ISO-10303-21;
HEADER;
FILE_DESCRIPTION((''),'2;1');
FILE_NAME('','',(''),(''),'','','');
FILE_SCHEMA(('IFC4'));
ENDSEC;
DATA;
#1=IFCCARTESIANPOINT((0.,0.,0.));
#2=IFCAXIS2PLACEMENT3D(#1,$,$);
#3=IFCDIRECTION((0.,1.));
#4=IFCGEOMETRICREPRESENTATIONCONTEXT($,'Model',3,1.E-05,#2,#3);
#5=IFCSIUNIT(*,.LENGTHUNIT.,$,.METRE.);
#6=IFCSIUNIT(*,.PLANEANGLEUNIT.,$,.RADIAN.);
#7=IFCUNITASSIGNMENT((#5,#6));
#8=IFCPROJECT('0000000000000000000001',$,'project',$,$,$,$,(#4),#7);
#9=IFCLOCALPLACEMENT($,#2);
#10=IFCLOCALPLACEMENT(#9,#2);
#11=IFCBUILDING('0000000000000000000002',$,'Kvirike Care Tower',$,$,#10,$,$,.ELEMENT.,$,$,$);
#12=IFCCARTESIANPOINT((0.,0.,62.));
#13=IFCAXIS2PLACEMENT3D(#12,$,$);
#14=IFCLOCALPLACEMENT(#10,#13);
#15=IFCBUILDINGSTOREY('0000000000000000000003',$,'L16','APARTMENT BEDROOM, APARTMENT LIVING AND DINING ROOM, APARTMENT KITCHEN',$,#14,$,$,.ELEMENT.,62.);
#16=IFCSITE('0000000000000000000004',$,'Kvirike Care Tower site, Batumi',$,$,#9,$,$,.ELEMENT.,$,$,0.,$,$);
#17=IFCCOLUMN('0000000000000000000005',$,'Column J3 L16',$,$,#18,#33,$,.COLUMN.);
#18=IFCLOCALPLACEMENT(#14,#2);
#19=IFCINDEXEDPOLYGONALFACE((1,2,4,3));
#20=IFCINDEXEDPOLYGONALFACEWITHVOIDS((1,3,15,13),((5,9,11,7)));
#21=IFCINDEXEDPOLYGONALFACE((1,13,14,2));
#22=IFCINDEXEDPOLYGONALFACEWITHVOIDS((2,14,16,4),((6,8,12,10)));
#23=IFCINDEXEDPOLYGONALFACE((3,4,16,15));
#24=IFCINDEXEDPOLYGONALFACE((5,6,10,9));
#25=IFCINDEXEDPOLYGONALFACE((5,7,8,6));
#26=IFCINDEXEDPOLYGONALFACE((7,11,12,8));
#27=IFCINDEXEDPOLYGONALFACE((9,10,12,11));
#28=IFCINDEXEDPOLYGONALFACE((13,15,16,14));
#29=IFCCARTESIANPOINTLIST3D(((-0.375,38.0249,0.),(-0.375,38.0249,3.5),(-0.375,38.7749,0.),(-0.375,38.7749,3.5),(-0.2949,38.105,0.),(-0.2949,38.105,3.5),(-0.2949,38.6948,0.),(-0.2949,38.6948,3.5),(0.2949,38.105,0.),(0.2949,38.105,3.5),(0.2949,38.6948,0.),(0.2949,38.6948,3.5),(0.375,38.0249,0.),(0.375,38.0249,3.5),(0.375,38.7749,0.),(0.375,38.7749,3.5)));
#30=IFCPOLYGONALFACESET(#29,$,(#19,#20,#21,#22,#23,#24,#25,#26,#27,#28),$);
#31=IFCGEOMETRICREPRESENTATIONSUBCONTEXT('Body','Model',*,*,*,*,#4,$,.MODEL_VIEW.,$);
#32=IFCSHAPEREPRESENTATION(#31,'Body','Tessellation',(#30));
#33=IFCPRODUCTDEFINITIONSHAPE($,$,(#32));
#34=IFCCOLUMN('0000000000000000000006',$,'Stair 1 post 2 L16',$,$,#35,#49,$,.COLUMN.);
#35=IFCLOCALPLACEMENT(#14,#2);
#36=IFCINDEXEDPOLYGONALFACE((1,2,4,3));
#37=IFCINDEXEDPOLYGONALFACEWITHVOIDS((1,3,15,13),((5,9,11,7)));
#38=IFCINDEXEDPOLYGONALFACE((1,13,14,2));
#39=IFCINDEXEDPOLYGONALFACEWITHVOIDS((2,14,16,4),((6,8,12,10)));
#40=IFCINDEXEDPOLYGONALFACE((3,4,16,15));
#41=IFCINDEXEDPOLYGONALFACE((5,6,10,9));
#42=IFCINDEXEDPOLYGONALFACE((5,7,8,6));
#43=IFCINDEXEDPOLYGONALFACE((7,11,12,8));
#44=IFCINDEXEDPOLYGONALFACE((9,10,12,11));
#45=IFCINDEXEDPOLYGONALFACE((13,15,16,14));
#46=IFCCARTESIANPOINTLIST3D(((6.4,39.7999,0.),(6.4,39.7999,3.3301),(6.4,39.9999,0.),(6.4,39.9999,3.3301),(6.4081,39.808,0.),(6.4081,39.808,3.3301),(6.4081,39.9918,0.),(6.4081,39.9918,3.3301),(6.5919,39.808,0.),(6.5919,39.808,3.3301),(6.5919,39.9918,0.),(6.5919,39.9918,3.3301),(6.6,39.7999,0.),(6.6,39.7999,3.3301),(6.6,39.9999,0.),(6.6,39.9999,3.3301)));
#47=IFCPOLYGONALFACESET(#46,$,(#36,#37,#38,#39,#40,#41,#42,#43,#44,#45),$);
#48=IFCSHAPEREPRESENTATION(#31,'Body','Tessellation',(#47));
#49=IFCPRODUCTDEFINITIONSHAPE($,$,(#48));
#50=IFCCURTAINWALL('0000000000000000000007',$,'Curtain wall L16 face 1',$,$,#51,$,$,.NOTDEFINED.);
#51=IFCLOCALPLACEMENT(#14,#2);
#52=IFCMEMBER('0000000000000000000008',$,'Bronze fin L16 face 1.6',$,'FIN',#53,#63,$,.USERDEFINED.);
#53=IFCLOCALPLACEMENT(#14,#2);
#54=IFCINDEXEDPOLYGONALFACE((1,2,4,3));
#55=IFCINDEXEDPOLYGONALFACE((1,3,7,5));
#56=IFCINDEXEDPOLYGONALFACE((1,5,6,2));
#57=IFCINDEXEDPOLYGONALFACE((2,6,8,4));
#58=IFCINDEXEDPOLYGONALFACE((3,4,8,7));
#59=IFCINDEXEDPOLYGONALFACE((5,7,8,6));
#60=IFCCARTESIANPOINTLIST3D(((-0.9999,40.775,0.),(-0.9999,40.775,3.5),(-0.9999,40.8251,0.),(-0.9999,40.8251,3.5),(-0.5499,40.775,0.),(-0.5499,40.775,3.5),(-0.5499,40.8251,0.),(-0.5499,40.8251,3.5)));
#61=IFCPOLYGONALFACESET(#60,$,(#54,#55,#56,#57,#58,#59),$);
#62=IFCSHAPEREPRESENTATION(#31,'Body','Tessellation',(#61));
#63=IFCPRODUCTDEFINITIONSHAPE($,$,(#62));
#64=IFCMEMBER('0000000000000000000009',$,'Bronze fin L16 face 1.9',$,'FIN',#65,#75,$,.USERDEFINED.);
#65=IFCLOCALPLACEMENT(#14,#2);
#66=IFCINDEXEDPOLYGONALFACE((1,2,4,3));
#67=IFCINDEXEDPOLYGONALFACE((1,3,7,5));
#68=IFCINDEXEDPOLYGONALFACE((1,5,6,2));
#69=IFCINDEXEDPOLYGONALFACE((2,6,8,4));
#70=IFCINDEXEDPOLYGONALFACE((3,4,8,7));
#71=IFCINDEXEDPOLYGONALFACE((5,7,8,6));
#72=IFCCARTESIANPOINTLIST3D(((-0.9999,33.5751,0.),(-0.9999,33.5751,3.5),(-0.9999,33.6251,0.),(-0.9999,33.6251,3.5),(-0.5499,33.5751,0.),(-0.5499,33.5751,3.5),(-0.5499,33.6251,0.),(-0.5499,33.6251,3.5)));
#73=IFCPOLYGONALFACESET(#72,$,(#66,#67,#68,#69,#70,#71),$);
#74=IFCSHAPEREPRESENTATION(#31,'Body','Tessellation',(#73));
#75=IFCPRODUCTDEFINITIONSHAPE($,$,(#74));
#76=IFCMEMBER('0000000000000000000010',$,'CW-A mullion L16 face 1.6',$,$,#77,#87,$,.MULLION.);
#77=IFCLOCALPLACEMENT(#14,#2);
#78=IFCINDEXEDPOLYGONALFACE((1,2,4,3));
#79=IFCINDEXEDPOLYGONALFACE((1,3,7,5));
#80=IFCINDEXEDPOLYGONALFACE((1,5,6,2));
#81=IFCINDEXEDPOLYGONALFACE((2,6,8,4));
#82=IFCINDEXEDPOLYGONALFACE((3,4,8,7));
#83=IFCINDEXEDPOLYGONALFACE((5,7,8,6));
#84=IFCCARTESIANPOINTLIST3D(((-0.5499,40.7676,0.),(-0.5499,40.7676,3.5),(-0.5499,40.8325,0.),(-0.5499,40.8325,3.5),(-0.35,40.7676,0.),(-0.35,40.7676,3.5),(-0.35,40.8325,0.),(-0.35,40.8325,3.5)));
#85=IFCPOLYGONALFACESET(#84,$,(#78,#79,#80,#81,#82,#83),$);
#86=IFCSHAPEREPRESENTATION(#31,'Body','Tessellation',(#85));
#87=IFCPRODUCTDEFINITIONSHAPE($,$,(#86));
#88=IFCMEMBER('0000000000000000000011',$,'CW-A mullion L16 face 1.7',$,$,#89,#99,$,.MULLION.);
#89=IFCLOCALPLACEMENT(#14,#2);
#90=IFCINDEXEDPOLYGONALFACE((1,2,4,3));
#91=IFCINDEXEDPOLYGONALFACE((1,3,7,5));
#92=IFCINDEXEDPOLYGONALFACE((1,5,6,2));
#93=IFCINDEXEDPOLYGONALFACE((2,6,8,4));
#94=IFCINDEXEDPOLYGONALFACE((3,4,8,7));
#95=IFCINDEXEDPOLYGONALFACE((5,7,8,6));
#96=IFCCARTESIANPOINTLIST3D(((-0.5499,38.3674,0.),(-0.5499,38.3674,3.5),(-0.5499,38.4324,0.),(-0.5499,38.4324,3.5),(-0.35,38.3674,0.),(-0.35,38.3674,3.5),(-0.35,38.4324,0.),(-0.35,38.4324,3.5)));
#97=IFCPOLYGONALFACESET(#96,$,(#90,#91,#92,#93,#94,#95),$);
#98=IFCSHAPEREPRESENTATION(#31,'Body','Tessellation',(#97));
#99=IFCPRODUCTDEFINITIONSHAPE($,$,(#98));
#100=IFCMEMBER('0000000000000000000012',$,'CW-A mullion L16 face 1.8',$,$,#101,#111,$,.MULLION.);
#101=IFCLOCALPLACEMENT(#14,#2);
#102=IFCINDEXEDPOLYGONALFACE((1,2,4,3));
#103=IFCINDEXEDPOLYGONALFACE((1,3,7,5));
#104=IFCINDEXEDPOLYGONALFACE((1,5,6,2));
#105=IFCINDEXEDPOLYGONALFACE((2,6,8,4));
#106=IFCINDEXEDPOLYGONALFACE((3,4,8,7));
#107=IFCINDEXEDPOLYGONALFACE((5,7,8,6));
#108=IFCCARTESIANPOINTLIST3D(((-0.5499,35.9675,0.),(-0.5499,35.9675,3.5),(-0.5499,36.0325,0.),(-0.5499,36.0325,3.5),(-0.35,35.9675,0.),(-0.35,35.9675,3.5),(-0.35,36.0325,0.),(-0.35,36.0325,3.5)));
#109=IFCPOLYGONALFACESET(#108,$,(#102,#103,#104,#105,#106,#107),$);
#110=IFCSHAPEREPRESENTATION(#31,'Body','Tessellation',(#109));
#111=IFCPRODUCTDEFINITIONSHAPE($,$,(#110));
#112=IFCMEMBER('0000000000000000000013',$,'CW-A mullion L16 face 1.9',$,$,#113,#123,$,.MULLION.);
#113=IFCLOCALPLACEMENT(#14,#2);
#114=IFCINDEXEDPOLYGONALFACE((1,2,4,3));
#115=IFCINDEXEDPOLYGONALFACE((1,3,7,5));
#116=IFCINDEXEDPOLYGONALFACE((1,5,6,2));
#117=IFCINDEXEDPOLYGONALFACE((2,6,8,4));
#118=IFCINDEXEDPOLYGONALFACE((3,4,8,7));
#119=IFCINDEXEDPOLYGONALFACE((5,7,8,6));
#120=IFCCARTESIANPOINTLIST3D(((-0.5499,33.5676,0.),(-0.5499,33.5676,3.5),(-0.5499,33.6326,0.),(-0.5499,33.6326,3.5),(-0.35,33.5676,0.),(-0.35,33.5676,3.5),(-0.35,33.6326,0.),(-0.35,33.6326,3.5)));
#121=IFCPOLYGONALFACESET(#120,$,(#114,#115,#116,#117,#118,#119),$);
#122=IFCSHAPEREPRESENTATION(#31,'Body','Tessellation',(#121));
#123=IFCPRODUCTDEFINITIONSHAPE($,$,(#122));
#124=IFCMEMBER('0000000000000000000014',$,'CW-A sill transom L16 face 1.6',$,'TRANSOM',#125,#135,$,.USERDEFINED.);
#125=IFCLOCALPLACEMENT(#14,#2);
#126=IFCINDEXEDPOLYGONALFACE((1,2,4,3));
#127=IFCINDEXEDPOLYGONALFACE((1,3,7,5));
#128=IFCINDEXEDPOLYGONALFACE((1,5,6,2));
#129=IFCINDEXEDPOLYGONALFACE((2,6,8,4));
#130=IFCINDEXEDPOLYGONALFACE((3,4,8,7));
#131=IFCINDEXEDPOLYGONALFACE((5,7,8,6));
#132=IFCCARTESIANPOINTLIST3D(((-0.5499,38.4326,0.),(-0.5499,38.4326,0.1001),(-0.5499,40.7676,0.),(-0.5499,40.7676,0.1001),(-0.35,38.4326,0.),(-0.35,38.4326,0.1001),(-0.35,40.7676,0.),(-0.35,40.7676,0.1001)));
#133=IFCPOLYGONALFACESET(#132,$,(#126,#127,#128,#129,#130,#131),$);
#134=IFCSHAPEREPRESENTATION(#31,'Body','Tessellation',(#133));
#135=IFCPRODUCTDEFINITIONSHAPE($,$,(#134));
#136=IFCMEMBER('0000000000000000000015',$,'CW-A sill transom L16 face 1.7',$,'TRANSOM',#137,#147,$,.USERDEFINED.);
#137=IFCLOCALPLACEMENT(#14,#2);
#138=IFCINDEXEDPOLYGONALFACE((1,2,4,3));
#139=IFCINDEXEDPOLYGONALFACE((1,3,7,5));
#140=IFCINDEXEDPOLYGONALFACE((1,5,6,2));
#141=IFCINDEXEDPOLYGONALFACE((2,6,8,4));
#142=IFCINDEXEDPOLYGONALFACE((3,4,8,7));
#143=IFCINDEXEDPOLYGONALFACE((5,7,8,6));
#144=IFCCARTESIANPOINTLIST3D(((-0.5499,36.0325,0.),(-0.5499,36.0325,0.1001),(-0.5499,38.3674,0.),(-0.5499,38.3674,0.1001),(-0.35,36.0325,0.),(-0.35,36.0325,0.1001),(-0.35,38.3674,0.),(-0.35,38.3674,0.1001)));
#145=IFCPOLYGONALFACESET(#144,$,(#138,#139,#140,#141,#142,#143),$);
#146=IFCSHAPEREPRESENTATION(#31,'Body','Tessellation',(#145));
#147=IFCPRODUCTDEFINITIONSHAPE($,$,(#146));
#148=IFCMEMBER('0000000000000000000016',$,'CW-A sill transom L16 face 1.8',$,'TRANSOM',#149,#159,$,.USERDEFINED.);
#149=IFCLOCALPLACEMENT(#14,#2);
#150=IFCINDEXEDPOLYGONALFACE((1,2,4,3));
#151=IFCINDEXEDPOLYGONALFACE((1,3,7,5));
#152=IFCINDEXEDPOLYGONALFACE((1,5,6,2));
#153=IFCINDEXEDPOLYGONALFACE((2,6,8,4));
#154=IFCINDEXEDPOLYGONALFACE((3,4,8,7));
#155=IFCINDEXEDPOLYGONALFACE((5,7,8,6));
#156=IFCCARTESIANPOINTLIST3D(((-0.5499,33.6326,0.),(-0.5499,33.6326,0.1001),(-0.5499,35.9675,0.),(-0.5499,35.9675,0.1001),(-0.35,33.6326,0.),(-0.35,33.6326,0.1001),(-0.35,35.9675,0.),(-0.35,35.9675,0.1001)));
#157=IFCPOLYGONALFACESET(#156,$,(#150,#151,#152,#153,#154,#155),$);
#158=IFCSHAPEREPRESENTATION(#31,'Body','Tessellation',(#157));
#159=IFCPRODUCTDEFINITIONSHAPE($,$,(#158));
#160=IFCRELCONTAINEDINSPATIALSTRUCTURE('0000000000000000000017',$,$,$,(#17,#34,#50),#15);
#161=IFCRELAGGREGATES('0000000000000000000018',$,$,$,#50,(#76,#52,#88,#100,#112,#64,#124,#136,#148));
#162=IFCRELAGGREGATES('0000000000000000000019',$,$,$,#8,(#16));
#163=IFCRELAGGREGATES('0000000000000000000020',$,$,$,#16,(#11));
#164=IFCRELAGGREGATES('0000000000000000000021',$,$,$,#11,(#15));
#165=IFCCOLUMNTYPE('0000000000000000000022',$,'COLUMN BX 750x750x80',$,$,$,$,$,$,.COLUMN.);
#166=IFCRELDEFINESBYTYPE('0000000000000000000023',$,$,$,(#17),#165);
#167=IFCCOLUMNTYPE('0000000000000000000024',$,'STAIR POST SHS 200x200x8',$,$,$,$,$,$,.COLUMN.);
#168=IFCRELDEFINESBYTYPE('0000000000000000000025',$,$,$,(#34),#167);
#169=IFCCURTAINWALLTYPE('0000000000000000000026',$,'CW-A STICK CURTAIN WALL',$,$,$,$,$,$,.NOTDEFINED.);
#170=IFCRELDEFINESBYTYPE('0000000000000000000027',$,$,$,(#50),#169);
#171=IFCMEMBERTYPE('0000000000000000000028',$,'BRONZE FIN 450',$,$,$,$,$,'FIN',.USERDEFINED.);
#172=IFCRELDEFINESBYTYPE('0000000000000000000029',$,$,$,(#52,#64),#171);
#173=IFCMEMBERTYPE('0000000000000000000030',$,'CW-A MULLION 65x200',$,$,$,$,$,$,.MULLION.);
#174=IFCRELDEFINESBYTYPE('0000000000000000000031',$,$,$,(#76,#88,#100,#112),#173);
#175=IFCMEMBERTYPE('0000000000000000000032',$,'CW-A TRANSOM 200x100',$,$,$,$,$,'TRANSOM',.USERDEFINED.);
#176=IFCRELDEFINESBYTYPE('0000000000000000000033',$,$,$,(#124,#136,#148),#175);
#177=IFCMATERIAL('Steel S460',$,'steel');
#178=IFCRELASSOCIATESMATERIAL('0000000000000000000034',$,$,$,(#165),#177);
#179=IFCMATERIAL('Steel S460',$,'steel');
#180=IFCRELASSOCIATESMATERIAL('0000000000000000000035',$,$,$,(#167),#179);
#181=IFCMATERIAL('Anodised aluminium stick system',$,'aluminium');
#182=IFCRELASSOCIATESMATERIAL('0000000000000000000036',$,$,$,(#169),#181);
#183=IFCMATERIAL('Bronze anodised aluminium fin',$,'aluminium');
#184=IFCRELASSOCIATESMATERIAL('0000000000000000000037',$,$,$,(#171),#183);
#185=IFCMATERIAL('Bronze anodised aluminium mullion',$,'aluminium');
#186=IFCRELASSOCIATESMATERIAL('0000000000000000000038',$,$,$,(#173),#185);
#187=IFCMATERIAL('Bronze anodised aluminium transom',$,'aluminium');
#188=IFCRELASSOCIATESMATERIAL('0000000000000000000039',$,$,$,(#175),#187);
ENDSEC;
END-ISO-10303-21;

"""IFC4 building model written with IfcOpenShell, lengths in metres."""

from ifc_helpers import new_model, si_unit, direction, frame, origin, origin_2d, place, context, subcontext, project, spatial, rectangle, hollow_rectangle, extrude, material, material_profile, profile_set, type_object, element, aggregate, save


model = new_model("IFC4")

# Units and contexts
model_context = context("Model", 3, precision=1e-05, world=origin(), true_north=direction((0.0, 1.0)))
body_context = subcontext(model_context, "Body", "Model", "MODEL_VIEW")
ifc_project = project(units=[si_unit("LENGTHUNIT", "METRE"), si_unit("PLANEANGLEUNIT", "RADIAN")], contexts=[model_context])

# Site, building, storey
site_placement = place(None, origin())
site = spatial("IfcSite", under=ifc_project, at=site_placement, Name="Kvirike Care Tower site, Batumi", CompositionType="ELEMENT", RefElevation=0.0)
building_placement = place(site_placement, origin())
building = spatial("IfcBuilding", under=site, at=building_placement, Name="Kvirike Care Tower", CompositionType="ELEMENT")
storey_placement = place(building_placement, frame((0.0, 0.0, 62.0)))
storey = spatial("IfcBuildingStorey", under=building, at=storey_placement, Name="L16", Description="APARTMENT BEDROOM, APARTMENT LIVING AND DINING ROOM, APARTMENT KITCHEN", CompositionType="ELEMENT", Elevation=62.0)

# Columns
ifc_material_1 = material(Name="Steel S460", Category="steel")
ifc_material_profile_1 = material_profile(ifc_material_1, hollow_rectangle(XDim=0.75, YDim=0.75, WallThickness=0.0801, at=origin_2d()), Name="BX 750x750x80")
ifc_profile_set_1 = profile_set([ifc_material_profile_1], Name="Steel S460")
column_type_1 = type_object("IfcColumnType", Name="COLUMN BX 750x750x80", PredefinedType="COLUMN", material=ifc_profile_set_1)
column_1_placement = place(storey_placement, frame((0.0, 38.3999, 0.0), z_axis=(0.0, 0.0, 1.0), x_axis=(1.0, 0.0, 0.0)))
element("IfcColumn", 1, at=column_1_placement, inside=storey, type_object=column_type_1, Name="Column J3 L16", PredefinedType="COLUMN", context=body_context, shape_type="SweptSolid", body=[
    extrude(hollow_rectangle(XDim=0.75, YDim=0.75, WallThickness=0.0801, at=origin_2d()), origin(), (0.0, 0.0, 1.0), 3.5),
])
ifc_material_2 = material(Name="Steel S460", Category="steel")
ifc_material_profile_2 = material_profile(ifc_material_2, hollow_rectangle(XDim=0.2, YDim=0.2, WallThickness=0.0081, at=origin_2d()), Name="SHS 200x200x8")
ifc_profile_set_2 = profile_set([ifc_material_profile_2], Name="Steel S460")
column_type_2 = type_object("IfcColumnType", Name="STAIR POST SHS 200x200x8", PredefinedType="COLUMN", material=ifc_profile_set_2)
column_2_placement = place(storey_placement, frame((6.5, 39.8999, 0.0), z_axis=(0.0, 0.0, 1.0), x_axis=(1.0, 0.0, 0.0)))
element("IfcColumn", 2, at=column_2_placement, inside=storey, type_object=column_type_2, Name="Stair 1 post 2 L16", PredefinedType="COLUMN", context=body_context, shape_type="SweptSolid", body=[
    extrude(hollow_rectangle(XDim=0.2, YDim=0.2, WallThickness=0.0081, at=origin_2d()), origin(), (0.0, 0.0, 1.0), 3.3301),
])

# Curtain wall, members
ifc_material_3 = material(Name="Anodised aluminium stick system", Category="aluminium")
curtain_wall_type = type_object("IfcCurtainWallType", Name="CW-A STICK CURTAIN WALL", PredefinedType="NOTDEFINED", material=ifc_material_3)
curtain_wall_placement = place(storey_placement, origin())
curtain_wall = element("IfcCurtainWall", 3, at=curtain_wall_placement, inside=storey, type_object=curtain_wall_type, Name="Curtain wall L16 face 1", PredefinedType="NOTDEFINED")
ifc_material_4 = material(Name="Bronze anodised aluminium fin", Category="aluminium")
ifc_material_profile_3 = material_profile(ifc_material_4, rectangle(XDim=0.05, YDim=0.45, at=origin_2d()), Name="BRONZE FIN 450")
ifc_profile_set_3 = profile_set([ifc_material_profile_3], Name="Bronze anodised aluminium fin")
member_type_1 = type_object("IfcMemberType", Name="BRONZE FIN 450", ElementType="FIN", PredefinedType="USERDEFINED", material=ifc_profile_set_3)
member_1_placement = place(storey_placement, frame((-0.7749, 40.8, 0.0), z_axis=(0.0, 0.0, 1.0), x_axis=(0.0, -1.0, 0.0)))
member_1 = element("IfcMember", 4, at=member_1_placement, type_object=member_type_1, Name="Bronze fin L16 face 1.6", ObjectType="FIN", PredefinedType="USERDEFINED", context=body_context, shape_type="SweptSolid", body=[
    extrude(rectangle(XDim=0.05, YDim=0.45, at=origin_2d()), origin(), (0.0, 0.0, 1.0), 3.5),
])
member_2_placement = place(storey_placement, frame((-0.7749, 33.6001, 0.0), z_axis=(0.0, 0.0, 1.0), x_axis=(0.0, -1.0, 0.0)))
member_2 = element("IfcMember", 5, at=member_2_placement, type_object=member_type_1, Name="Bronze fin L16 face 1.9", ObjectType="FIN", PredefinedType="USERDEFINED", context=body_context, shape_type="SweptSolid", body=[
    extrude(rectangle(XDim=0.05, YDim=0.45, at=origin_2d()), origin(), (0.0, 0.0, 1.0), 3.5),
])
ifc_material_5 = material(Name="Bronze anodised aluminium mullion", Category="aluminium")
ifc_material_profile_4 = material_profile(ifc_material_5, rectangle(XDim=0.0649, YDim=0.2, at=origin_2d()), Name="CW-A MULLION 65x200")
ifc_profile_set_4 = profile_set([ifc_material_profile_4], Name="Bronze anodised aluminium mullion")
member_type_2 = type_object("IfcMemberType", Name="CW-A MULLION 65x200", PredefinedType="MULLION", material=ifc_profile_set_4)
member_3_placement = place(storey_placement, frame((-0.45, 40.8, 0.0), z_axis=(0.0, 0.0, 1.0), x_axis=(0.0, -1.0, 0.0)))
member_3 = element("IfcMember", 6, at=member_3_placement, type_object=member_type_2, Name="CW-A mullion L16 face 1.6", PredefinedType="MULLION", context=body_context, shape_type="SweptSolid", body=[
    extrude(rectangle(XDim=0.0649, YDim=0.2, at=origin_2d()), origin(), (0.0, 0.0, 1.0), 3.5),
])
member_4_placement = place(storey_placement, frame((-0.45, 38.3999, 0.0), z_axis=(0.0, 0.0, 1.0), x_axis=(0.0, -1.0, 0.0)))
member_4 = element("IfcMember", 7, at=member_4_placement, type_object=member_type_2, Name="CW-A mullion L16 face 1.7", PredefinedType="MULLION", context=body_context, shape_type="SweptSolid", body=[
    extrude(rectangle(XDim=0.0649, YDim=0.2, at=origin_2d()), origin(), (0.0, 0.0, 1.0), 3.5),
])
member_5_placement = place(storey_placement, frame((-0.45, 36.0, 0.0), z_axis=(0.0, 0.0, 1.0), x_axis=(0.0, -1.0, 0.0)))
member_5 = element("IfcMember", 8, at=member_5_placement, type_object=member_type_2, Name="CW-A mullion L16 face 1.8", PredefinedType="MULLION", context=body_context, shape_type="SweptSolid", body=[
    extrude(rectangle(XDim=0.0649, YDim=0.2, at=origin_2d()), origin(), (0.0, 0.0, 1.0), 3.5),
])
member_6_placement = place(storey_placement, frame((-0.45, 33.6001, 0.0), z_axis=(0.0, 0.0, 1.0), x_axis=(0.0, -1.0, 0.0)))
member_6 = element("IfcMember", 9, at=member_6_placement, type_object=member_type_2, Name="CW-A mullion L16 face 1.9", PredefinedType="MULLION", context=body_context, shape_type="SweptSolid", body=[
    extrude(rectangle(XDim=0.0649, YDim=0.2, at=origin_2d()), origin(), (0.0, 0.0, 1.0), 3.5),
])
ifc_material_6 = material(Name="Bronze anodised aluminium transom", Category="aluminium")
ifc_material_profile_5 = material_profile(ifc_material_6, rectangle(XDim=0.2, YDim=0.1001, at=origin_2d()), Name="CW-A TRANSOM 200x100")
ifc_profile_set_5 = profile_set([ifc_material_profile_5], Name="Bronze anodised aluminium transom")
member_type_3 = type_object("IfcMemberType", Name="CW-A TRANSOM 200x100", ElementType="TRANSOM", PredefinedType="USERDEFINED", material=ifc_profile_set_5)
member_7_placement = place(storey_placement, frame((-0.45, 40.7676, 0.05), z_axis=(0.0, -1.0, 0.0), x_axis=(1.0, 0.0, 0.0)))
member_7 = element("IfcMember", 10, at=member_7_placement, type_object=member_type_3, Name="CW-A sill transom L16 face 1.6", ObjectType="TRANSOM", PredefinedType="USERDEFINED", context=body_context, shape_type="SweptSolid", body=[
    extrude(rectangle(XDim=0.2, YDim=0.1001, at=origin_2d()), origin(), (0.0, 0.0, 1.0), 2.335),
])
member_8_placement = place(storey_placement, frame((-0.45, 38.3674, 0.05), z_axis=(0.0, -1.0, 0.0), x_axis=(1.0, 0.0, 0.0)))
member_8 = element("IfcMember", 11, at=member_8_placement, type_object=member_type_3, Name="CW-A sill transom L16 face 1.7", ObjectType="TRANSOM", PredefinedType="USERDEFINED", context=body_context, shape_type="SweptSolid", body=[
    extrude(rectangle(XDim=0.2, YDim=0.1001, at=origin_2d()), origin(), (0.0, 0.0, 1.0), 2.335),
])
member_9_placement = place(storey_placement, frame((-0.45, 35.9675, 0.05), z_axis=(0.0, -1.0, 0.0), x_axis=(1.0, 0.0, 0.0)))
member_9 = element("IfcMember", 12, at=member_9_placement, type_object=member_type_3, Name="CW-A sill transom L16 face 1.8", ObjectType="TRANSOM", PredefinedType="USERDEFINED", context=body_context, shape_type="SweptSolid", body=[
    extrude(rectangle(XDim=0.2, YDim=0.1001, at=origin_2d()), origin(), (0.0, 0.0, 1.0), 2.335),
])

aggregate(curtain_wall, [member_3, member_1, member_4, member_5, member_6, member_2, member_7, member_8, member_9])

save(model, "model.ifc")
